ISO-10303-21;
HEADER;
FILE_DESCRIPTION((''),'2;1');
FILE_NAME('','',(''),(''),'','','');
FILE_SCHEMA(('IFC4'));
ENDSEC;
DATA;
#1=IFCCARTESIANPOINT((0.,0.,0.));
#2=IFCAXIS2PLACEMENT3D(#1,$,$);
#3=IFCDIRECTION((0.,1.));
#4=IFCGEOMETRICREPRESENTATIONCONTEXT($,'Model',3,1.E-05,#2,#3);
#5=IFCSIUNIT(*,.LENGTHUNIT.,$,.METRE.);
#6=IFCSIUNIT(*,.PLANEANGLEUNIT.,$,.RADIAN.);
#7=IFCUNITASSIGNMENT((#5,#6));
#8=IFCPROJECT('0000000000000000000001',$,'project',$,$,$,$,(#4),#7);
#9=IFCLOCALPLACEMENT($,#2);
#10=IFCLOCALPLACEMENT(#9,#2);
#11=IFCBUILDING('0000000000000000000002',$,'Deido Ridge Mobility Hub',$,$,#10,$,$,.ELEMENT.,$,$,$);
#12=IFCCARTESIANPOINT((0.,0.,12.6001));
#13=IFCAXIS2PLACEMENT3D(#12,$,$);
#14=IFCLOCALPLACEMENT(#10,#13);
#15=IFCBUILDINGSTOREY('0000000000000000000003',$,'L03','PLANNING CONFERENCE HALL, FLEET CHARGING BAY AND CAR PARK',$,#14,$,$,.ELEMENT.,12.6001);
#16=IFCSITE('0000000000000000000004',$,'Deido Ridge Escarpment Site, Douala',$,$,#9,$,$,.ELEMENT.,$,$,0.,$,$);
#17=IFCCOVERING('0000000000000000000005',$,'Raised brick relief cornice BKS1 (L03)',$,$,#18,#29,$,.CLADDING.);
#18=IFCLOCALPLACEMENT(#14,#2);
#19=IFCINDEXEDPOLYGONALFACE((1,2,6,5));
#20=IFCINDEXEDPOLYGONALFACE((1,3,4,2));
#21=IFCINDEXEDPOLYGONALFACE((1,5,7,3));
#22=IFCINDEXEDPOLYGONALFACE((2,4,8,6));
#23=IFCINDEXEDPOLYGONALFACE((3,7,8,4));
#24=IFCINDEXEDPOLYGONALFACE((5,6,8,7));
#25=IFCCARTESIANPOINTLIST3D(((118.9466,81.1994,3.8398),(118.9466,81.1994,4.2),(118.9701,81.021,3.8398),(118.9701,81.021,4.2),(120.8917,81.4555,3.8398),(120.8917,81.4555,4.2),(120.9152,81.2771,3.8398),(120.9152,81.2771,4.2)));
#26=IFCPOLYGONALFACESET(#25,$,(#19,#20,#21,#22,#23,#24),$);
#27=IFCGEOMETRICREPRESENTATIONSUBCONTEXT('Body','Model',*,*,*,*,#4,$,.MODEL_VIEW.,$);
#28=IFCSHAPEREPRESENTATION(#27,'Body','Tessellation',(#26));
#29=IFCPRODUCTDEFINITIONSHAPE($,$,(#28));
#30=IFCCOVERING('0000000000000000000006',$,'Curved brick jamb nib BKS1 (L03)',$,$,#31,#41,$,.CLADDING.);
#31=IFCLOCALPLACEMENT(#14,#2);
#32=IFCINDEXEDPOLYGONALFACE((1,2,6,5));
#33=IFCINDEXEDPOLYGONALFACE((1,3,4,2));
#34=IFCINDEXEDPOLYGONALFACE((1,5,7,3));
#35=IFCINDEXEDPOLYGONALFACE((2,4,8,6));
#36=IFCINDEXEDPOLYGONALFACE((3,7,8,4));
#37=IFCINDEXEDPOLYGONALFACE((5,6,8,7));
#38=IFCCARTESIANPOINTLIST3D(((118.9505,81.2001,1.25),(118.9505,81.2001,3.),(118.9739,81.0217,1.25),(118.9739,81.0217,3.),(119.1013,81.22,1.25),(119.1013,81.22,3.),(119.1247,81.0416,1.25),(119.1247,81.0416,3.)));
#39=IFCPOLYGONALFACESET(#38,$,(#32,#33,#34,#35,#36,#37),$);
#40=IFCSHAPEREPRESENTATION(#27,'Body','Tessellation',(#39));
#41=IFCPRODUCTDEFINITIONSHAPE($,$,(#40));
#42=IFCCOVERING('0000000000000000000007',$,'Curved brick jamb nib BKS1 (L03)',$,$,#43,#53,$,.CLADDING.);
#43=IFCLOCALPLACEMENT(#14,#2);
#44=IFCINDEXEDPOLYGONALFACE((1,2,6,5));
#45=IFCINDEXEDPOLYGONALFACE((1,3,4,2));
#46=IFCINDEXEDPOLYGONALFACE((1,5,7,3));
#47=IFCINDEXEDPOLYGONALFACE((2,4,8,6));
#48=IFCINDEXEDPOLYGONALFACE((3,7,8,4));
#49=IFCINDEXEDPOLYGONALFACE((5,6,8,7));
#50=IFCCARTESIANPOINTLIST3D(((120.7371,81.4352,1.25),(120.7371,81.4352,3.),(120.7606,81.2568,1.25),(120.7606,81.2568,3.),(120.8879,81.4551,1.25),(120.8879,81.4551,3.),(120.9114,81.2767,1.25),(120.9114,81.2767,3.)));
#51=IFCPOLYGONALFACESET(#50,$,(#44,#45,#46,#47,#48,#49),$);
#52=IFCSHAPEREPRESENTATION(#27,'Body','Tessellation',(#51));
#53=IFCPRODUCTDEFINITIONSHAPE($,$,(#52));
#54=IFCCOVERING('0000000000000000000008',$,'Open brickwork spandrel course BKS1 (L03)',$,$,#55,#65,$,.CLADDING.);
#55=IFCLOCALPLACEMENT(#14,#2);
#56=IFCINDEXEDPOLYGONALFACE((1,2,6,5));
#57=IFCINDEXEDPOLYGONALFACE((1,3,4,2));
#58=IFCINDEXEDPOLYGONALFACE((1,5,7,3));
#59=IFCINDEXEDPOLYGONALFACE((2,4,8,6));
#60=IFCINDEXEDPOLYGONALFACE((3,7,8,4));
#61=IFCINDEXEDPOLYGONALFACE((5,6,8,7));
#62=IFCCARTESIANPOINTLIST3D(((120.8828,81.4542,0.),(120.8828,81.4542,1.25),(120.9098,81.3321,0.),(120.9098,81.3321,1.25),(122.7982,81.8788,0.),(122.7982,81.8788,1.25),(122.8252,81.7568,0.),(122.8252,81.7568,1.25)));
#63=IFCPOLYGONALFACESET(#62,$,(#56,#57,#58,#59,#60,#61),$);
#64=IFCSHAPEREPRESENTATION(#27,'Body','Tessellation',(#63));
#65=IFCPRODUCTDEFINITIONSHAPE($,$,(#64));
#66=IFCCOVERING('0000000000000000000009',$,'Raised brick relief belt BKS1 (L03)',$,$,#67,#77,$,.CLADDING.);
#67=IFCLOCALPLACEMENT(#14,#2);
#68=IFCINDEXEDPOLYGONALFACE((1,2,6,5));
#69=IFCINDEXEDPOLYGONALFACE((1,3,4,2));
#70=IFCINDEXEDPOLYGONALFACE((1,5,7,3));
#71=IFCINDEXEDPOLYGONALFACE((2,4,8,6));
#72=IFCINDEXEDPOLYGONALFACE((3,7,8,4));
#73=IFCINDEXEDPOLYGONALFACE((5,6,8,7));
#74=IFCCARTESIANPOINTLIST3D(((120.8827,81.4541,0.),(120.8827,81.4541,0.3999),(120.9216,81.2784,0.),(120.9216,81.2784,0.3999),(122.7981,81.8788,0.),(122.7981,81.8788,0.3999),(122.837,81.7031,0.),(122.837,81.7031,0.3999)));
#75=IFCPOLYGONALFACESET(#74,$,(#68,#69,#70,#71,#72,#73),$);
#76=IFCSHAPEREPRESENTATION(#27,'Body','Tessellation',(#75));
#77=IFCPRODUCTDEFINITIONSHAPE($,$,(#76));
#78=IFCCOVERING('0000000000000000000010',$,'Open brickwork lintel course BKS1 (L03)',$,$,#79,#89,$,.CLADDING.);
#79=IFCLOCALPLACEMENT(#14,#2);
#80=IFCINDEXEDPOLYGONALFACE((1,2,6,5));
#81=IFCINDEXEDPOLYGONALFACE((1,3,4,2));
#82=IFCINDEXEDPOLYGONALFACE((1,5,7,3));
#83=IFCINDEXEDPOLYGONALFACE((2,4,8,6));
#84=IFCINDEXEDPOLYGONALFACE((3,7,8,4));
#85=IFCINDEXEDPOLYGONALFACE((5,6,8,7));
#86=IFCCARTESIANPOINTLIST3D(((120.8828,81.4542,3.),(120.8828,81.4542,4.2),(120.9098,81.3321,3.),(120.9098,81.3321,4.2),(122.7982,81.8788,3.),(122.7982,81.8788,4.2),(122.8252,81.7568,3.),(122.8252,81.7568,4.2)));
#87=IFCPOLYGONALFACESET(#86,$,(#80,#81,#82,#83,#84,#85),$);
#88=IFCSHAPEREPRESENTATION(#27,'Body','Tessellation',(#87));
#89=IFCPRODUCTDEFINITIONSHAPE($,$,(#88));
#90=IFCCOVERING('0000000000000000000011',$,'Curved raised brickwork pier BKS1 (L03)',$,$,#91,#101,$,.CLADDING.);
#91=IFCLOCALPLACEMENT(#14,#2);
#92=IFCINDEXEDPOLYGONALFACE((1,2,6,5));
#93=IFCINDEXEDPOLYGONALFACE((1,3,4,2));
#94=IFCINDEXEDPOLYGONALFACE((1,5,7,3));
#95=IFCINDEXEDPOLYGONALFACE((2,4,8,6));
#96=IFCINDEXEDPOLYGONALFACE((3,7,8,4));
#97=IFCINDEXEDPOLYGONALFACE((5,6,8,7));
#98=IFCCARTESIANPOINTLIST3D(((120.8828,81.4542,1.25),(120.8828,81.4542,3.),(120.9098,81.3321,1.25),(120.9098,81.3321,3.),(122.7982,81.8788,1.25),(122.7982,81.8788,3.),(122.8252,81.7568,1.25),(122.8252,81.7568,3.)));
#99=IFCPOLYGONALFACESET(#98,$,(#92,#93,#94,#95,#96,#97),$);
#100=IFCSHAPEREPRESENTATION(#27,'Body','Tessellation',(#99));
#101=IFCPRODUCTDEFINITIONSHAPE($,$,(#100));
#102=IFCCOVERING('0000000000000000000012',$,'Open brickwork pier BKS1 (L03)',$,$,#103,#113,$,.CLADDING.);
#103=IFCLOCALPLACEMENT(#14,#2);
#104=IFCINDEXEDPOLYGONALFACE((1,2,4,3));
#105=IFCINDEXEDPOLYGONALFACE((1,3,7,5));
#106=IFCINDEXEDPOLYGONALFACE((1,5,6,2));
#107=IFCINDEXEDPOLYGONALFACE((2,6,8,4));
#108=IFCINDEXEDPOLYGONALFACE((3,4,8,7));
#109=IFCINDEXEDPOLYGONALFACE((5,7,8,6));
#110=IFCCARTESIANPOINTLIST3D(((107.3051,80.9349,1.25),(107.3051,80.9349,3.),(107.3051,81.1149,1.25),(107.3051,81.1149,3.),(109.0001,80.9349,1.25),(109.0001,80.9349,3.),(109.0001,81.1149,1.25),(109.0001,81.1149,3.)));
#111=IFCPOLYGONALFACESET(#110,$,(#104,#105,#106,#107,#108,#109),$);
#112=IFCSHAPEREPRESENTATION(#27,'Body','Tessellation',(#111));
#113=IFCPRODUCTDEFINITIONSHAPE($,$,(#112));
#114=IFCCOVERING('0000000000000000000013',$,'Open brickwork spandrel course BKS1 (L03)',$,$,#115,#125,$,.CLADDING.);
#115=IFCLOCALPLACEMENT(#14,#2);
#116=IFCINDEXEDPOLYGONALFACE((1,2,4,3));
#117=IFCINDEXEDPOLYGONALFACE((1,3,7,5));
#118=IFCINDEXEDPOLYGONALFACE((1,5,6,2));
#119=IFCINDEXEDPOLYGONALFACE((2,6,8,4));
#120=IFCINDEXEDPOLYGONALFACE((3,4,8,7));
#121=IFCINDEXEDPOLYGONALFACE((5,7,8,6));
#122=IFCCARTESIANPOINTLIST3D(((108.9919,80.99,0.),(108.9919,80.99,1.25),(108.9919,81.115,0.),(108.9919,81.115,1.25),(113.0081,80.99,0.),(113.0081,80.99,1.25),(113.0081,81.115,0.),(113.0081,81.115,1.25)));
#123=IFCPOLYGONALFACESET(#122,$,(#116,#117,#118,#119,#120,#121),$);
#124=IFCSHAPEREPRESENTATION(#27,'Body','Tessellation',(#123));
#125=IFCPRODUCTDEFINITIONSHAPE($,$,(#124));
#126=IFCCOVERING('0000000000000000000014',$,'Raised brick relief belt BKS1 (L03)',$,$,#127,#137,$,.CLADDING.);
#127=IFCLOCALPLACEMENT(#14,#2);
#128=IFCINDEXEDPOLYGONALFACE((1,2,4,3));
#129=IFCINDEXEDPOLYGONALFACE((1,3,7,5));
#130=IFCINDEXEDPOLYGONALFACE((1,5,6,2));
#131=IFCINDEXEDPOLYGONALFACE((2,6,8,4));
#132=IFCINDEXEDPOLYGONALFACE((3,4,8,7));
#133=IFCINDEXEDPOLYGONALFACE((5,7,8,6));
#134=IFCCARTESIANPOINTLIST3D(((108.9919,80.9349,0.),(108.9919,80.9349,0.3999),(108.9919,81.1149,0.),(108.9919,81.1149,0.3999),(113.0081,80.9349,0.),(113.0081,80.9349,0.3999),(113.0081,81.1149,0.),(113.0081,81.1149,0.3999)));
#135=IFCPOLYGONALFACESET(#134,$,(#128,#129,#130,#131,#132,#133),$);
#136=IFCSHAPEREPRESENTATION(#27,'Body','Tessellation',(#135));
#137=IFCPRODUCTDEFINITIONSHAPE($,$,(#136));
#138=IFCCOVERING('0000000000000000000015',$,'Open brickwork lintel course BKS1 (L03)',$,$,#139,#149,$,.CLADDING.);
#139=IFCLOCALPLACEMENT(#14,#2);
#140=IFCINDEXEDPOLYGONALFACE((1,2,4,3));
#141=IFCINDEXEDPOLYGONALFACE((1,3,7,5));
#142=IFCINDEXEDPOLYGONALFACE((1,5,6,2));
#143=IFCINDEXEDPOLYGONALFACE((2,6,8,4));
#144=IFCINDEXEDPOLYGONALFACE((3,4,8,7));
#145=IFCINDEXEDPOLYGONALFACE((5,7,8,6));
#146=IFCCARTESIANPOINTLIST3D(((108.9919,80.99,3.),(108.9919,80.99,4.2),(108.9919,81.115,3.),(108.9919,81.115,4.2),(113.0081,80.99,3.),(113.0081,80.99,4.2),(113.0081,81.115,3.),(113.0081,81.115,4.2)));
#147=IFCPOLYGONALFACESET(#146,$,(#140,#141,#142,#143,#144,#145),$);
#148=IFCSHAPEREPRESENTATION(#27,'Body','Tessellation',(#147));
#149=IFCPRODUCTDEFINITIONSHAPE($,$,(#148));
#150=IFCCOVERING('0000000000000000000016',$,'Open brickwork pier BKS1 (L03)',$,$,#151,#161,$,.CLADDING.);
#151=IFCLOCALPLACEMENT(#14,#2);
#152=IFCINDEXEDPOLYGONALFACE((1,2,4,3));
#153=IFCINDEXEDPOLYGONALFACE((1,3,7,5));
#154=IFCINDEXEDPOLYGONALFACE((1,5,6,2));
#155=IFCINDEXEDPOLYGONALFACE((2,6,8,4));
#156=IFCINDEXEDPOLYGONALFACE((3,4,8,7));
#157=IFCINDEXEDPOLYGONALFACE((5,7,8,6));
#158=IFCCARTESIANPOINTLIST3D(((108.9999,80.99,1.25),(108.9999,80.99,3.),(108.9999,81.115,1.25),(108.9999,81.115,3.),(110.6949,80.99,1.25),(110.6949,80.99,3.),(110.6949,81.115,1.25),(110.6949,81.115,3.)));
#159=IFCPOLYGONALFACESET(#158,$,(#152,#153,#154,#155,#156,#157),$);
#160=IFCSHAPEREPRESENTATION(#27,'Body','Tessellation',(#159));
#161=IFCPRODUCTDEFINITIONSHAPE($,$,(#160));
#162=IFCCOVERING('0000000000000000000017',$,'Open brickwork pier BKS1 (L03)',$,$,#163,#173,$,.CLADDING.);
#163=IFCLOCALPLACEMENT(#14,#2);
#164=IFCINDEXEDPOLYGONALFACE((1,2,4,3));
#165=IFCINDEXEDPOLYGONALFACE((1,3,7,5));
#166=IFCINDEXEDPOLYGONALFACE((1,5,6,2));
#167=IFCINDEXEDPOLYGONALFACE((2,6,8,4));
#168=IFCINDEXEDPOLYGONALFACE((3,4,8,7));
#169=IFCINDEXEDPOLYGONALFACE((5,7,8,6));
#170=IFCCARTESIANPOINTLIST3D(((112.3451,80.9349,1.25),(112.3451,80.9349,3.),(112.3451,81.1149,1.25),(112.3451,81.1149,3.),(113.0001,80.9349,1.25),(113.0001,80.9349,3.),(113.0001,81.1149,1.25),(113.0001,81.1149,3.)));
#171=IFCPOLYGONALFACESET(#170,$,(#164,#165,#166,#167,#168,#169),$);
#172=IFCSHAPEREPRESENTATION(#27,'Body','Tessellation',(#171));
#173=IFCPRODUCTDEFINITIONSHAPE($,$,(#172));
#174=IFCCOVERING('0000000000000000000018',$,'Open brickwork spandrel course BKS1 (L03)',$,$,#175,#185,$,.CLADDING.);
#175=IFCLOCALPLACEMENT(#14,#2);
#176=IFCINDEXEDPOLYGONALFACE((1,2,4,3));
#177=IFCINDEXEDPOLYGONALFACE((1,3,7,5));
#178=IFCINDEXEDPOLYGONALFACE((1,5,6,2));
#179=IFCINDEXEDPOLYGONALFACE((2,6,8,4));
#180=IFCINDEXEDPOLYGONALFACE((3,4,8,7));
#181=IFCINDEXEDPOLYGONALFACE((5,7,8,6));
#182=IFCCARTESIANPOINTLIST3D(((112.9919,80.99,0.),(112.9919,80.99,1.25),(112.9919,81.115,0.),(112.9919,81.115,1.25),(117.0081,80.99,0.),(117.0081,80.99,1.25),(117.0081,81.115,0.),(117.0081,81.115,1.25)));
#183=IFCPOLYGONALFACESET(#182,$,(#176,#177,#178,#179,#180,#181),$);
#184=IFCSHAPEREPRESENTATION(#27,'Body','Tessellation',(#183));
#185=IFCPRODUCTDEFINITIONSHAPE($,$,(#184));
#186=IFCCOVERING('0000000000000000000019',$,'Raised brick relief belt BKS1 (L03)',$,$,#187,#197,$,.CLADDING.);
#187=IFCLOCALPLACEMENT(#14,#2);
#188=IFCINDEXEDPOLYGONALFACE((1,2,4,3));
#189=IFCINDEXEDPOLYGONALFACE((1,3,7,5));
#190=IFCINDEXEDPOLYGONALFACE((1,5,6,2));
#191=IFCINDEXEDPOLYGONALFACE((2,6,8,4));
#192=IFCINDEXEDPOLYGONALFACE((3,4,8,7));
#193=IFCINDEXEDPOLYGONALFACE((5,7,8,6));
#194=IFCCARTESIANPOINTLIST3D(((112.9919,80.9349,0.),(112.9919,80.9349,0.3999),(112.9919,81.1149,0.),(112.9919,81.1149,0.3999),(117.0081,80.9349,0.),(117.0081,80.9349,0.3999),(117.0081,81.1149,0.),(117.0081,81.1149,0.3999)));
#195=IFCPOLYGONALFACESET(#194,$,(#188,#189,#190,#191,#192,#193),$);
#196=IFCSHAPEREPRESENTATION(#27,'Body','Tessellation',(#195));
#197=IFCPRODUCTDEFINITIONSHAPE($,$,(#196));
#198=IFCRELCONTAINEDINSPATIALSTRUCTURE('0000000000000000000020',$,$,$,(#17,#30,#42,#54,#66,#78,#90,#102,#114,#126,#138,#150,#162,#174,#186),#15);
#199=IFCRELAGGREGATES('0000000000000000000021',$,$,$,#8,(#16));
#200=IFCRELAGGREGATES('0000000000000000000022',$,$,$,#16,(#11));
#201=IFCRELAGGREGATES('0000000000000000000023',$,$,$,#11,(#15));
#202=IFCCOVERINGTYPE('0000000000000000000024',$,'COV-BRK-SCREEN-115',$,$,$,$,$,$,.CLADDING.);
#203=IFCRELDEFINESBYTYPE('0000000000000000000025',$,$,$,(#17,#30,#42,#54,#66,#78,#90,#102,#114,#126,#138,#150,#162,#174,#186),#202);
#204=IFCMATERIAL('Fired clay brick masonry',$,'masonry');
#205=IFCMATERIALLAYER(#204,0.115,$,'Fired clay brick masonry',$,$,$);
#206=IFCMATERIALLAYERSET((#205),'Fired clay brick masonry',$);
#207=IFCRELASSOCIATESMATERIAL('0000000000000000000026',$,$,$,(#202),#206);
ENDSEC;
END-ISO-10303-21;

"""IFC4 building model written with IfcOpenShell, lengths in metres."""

from ifc_helpers import new_model, si_unit, direction, frame, origin, origin_2d, place, context, subcontext, project, spatial, rectangle, extrude, material, layer, layer_set, type_object, element, save


model = new_model("IFC4")

# Units and contexts
model_context = context("Model", 3, precision=1e-05, world=origin(), true_north=direction((0.0, 1.0)))
body_context = subcontext(model_context, "Body", "Model", "MODEL_VIEW")
ifc_project = project(units=[si_unit("LENGTHUNIT", "METRE"), si_unit("PLANEANGLEUNIT", "RADIAN")], contexts=[model_context])

# Site, building, storey
site_placement = place(None, origin())
site = spatial("IfcSite", under=ifc_project, at=site_placement, Name="Deido Ridge Escarpment Site, Douala", CompositionType="ELEMENT", RefElevation=0.0)
building_placement = place(site_placement, origin())
building = spatial("IfcBuilding", under=site, at=building_placement, Name="Deido Ridge Mobility Hub", CompositionType="ELEMENT")
storey_placement = place(building_placement, frame((0.0, 0.0, 12.6001)))
storey = spatial("IfcBuildingStorey", under=building, at=storey_placement, Name="L03", Description="PLANNING CONFERENCE HALL, FLEET CHARGING BAY AND CAR PARK", CompositionType="ELEMENT", Elevation=12.6001)

# Coverings
ifc_material_1 = material(Name="Fired clay brick masonry", Category="masonry")
ifc_layer = layer(ifc_material_1, 0.115, Name="Fired clay brick masonry")
ifc_layer_set = layer_set([ifc_layer], Name="Fired clay brick masonry")
covering_type = type_object("IfcCoveringType", Name="COV-BRK-SCREEN-115", PredefinedType="CLADDING", material=ifc_layer_set)
covering_1_placement = place(storey_placement, frame((119.9309, 81.2383, 3.8398), z_axis=(0.0, 0.0, 1.0), x_axis=(0.991443, 0.130543, 0.0)))
element("IfcCovering", 1, at=covering_1_placement, inside=storey, type_object=covering_type, Name="Raised brick relief cornice BKS1 (L03)", PredefinedType="CLADDING", context=body_context, shape_type="SweptSolid", body=[
    extrude(rectangle(XDim=1.9619, YDim=0.1799, at=origin_2d()), origin(), (0.0, 0.0, 1.0), 0.3601),
])
for number, where, z_axis, x_axis, name in (
    (2, (119.0376, 81.1208, 1.25), (0.0, 0.0, 1.0), (0.991443, 0.130543, 0.0), "Curved brick jamb nib BKS1 (L03)"),
    (3, (120.8242, 81.356, 1.25), (0.0, 0.0, 1.0), (0.991443, 0.130543, 0.0), "Curved brick jamb nib BKS1 (L03)"),
):
    element("IfcCovering", number, at=place(storey_placement, frame(where, z_axis=z_axis, x_axis=x_axis)), inside=storey, type_object=covering_type, Name=name, PredefinedType="CLADDING", context=body_context, shape_type="SweptSolid", body=[
        extrude(rectangle(XDim=0.1521, YDim=0.1799, at=origin_2d()), origin(), (0.0, 0.0, 1.0), 1.75),
    ])
covering_2_placement = place(storey_placement, frame((121.854, 81.6055, 0.0), z_axis=(0.0, 0.0, 1.0), x_axis=(0.976292, 0.216457, 0.0)))
element("IfcCovering", 4, at=covering_2_placement, inside=storey, type_object=covering_type, Name="Open brickwork spandrel course BKS1 (L03)", PredefinedType="CLADDING", context=body_context, shape_type="SweptSolid", body=[
    extrude(rectangle(XDim=1.9619, YDim=0.125, at=origin_2d()), origin(), (0.0, 0.0, 1.0), 1.25),
])
covering_3_placement = place(storey_placement, frame((121.8599, 81.5786, 0.0), z_axis=(0.0, 0.0, 1.0), x_axis=(0.976292, 0.216457, 0.0)))
element("IfcCovering", 5, at=covering_3_placement, inside=storey, type_object=covering_type, Name="Raised brick relief belt BKS1 (L03)", PredefinedType="CLADDING", context=body_context, shape_type="SweptSolid", body=[
    extrude(rectangle(XDim=1.9619, YDim=0.1799, at=origin_2d()), origin(), (0.0, 0.0, 1.0), 0.3999),
])
covering_4_placement = place(storey_placement, frame((121.854, 81.6055, 3.0), z_axis=(0.0, 0.0, 1.0), x_axis=(0.976292, 0.216457, 0.0)))
element("IfcCovering", 6, at=covering_4_placement, inside=storey, type_object=covering_type, Name="Open brickwork lintel course BKS1 (L03)", PredefinedType="CLADDING", context=body_context, shape_type="SweptSolid", body=[
    extrude(rectangle(XDim=1.9619, YDim=0.125, at=origin_2d()), origin(), (0.0, 0.0, 1.0), 1.2),
])
covering_5_placement = place(storey_placement, frame((121.854, 81.6055, 1.25), z_axis=(0.0, 0.0, 1.0), x_axis=(0.976292, 0.216457, 0.0)))
element("IfcCovering", 7, at=covering_5_placement, inside=storey, type_object=covering_type, Name="Curved raised brickwork pier BKS1 (L03)", PredefinedType="CLADDING", context=body_context, shape_type="SweptSolid", body=[
    extrude(rectangle(XDim=1.9619, YDim=0.125, at=origin_2d()), origin(), (0.0, 0.0, 1.0), 1.75),
])
covering_6_placement = place(storey_placement, frame((108.1526, 81.0249, 1.25), z_axis=(0.0, 0.0, 1.0), x_axis=(1.0, 0.0, 0.0)))
element("IfcCovering", 8, at=covering_6_placement, inside=storey, type_object=covering_type, Name="Open brickwork pier BKS1 (L03)", PredefinedType="CLADDING", context=body_context, shape_type="SweptSolid", body=[
    extrude(rectangle(XDim=1.6951, YDim=0.1799, at=origin_2d()), origin(), (0.0, 0.0, 1.0), 1.75),
])
covering_7_placement = place(storey_placement, frame((111.0, 81.0525, 0.0), z_axis=(0.0, 0.0, 1.0), x_axis=(1.0, 0.0, 0.0)))
element("IfcCovering", 9, at=covering_7_placement, inside=storey, type_object=covering_type, Name="Open brickwork spandrel course BKS1 (L03)", PredefinedType="CLADDING", context=body_context, shape_type="SweptSolid", body=[
    extrude(rectangle(XDim=4.0161, YDim=0.125, at=origin_2d()), origin(), (0.0, 0.0, 1.0), 1.25),
])
covering_8_placement = place(storey_placement, frame((111.0, 81.0249, 0.0), z_axis=(0.0, 0.0, 1.0), x_axis=(1.0, 0.0, 0.0)))
element("IfcCovering", 10, at=covering_8_placement, inside=storey, type_object=covering_type, Name="Raised brick relief belt BKS1 (L03)", PredefinedType="CLADDING", context=body_context, shape_type="SweptSolid", body=[
    extrude(rectangle(XDim=4.0161, YDim=0.1799, at=origin_2d()), origin(), (0.0, 0.0, 1.0), 0.3999),
])
covering_9_placement = place(storey_placement, frame((111.0, 81.0525, 3.0), z_axis=(0.0, 0.0, 1.0), x_axis=(1.0, 0.0, 0.0)))
element("IfcCovering", 11, at=covering_9_placement, inside=storey, type_object=covering_type, Name="Open brickwork lintel course BKS1 (L03)", PredefinedType="CLADDING", context=body_context, shape_type="SweptSolid", body=[
    extrude(rectangle(XDim=4.0161, YDim=0.125, at=origin_2d()), origin(), (0.0, 0.0, 1.0), 1.2),
])
covering_10_placement = place(storey_placement, frame((109.8474, 81.0525, 1.25), z_axis=(0.0, 0.0, 1.0), x_axis=(1.0, 0.0, 0.0)))
element("IfcCovering", 12, at=covering_10_placement, inside=storey, type_object=covering_type, Name="Open brickwork pier BKS1 (L03)", PredefinedType="CLADDING", context=body_context, shape_type="SweptSolid", body=[
    extrude(rectangle(XDim=1.6951, YDim=0.125, at=origin_2d()), origin(), (0.0, 0.0, 1.0), 1.75),
])
covering_11_placement = place(storey_placement, frame((112.6726, 81.0249, 1.25), z_axis=(0.0, 0.0, 1.0), x_axis=(1.0, 0.0, 0.0)))
element("IfcCovering", 13, at=covering_11_placement, inside=storey, type_object=covering_type, Name="Open brickwork pier BKS1 (L03)", PredefinedType="CLADDING", context=body_context, shape_type="SweptSolid", body=[
    extrude(rectangle(XDim=0.655, YDim=0.1799, at=origin_2d()), origin(), (0.0, 0.0, 1.0), 1.75),
])
covering_12_placement = place(storey_placement, frame((115.0, 81.0525, 0.0), z_axis=(0.0, 0.0, 1.0), x_axis=(1.0, 0.0, 0.0)))
element("IfcCovering", 14, at=covering_12_placement, inside=storey, type_object=covering_type, Name="Open brickwork spandrel course BKS1 (L03)", PredefinedType="CLADDING", context=body_context, shape_type="SweptSolid", body=[
    extrude(rectangle(XDim=4.0161, YDim=0.125, at=origin_2d()), origin(), (0.0, 0.0, 1.0), 1.25),
])
covering_13_placement = place(storey_placement, frame((115.0, 81.0249, 0.0), z_axis=(0.0, 0.0, 1.0), x_axis=(1.0, 0.0, 0.0)))
element("IfcCovering", 15, at=covering_13_placement, inside=storey, type_object=covering_type, Name="Raised brick relief belt BKS1 (L03)", PredefinedType="CLADDING", context=body_context, shape_type="SweptSolid", body=[
    extrude(rectangle(XDim=4.0161, YDim=0.1799, at=origin_2d()), origin(), (0.0, 0.0, 1.0), 0.3999),
])

save(model, "model.ifc")
